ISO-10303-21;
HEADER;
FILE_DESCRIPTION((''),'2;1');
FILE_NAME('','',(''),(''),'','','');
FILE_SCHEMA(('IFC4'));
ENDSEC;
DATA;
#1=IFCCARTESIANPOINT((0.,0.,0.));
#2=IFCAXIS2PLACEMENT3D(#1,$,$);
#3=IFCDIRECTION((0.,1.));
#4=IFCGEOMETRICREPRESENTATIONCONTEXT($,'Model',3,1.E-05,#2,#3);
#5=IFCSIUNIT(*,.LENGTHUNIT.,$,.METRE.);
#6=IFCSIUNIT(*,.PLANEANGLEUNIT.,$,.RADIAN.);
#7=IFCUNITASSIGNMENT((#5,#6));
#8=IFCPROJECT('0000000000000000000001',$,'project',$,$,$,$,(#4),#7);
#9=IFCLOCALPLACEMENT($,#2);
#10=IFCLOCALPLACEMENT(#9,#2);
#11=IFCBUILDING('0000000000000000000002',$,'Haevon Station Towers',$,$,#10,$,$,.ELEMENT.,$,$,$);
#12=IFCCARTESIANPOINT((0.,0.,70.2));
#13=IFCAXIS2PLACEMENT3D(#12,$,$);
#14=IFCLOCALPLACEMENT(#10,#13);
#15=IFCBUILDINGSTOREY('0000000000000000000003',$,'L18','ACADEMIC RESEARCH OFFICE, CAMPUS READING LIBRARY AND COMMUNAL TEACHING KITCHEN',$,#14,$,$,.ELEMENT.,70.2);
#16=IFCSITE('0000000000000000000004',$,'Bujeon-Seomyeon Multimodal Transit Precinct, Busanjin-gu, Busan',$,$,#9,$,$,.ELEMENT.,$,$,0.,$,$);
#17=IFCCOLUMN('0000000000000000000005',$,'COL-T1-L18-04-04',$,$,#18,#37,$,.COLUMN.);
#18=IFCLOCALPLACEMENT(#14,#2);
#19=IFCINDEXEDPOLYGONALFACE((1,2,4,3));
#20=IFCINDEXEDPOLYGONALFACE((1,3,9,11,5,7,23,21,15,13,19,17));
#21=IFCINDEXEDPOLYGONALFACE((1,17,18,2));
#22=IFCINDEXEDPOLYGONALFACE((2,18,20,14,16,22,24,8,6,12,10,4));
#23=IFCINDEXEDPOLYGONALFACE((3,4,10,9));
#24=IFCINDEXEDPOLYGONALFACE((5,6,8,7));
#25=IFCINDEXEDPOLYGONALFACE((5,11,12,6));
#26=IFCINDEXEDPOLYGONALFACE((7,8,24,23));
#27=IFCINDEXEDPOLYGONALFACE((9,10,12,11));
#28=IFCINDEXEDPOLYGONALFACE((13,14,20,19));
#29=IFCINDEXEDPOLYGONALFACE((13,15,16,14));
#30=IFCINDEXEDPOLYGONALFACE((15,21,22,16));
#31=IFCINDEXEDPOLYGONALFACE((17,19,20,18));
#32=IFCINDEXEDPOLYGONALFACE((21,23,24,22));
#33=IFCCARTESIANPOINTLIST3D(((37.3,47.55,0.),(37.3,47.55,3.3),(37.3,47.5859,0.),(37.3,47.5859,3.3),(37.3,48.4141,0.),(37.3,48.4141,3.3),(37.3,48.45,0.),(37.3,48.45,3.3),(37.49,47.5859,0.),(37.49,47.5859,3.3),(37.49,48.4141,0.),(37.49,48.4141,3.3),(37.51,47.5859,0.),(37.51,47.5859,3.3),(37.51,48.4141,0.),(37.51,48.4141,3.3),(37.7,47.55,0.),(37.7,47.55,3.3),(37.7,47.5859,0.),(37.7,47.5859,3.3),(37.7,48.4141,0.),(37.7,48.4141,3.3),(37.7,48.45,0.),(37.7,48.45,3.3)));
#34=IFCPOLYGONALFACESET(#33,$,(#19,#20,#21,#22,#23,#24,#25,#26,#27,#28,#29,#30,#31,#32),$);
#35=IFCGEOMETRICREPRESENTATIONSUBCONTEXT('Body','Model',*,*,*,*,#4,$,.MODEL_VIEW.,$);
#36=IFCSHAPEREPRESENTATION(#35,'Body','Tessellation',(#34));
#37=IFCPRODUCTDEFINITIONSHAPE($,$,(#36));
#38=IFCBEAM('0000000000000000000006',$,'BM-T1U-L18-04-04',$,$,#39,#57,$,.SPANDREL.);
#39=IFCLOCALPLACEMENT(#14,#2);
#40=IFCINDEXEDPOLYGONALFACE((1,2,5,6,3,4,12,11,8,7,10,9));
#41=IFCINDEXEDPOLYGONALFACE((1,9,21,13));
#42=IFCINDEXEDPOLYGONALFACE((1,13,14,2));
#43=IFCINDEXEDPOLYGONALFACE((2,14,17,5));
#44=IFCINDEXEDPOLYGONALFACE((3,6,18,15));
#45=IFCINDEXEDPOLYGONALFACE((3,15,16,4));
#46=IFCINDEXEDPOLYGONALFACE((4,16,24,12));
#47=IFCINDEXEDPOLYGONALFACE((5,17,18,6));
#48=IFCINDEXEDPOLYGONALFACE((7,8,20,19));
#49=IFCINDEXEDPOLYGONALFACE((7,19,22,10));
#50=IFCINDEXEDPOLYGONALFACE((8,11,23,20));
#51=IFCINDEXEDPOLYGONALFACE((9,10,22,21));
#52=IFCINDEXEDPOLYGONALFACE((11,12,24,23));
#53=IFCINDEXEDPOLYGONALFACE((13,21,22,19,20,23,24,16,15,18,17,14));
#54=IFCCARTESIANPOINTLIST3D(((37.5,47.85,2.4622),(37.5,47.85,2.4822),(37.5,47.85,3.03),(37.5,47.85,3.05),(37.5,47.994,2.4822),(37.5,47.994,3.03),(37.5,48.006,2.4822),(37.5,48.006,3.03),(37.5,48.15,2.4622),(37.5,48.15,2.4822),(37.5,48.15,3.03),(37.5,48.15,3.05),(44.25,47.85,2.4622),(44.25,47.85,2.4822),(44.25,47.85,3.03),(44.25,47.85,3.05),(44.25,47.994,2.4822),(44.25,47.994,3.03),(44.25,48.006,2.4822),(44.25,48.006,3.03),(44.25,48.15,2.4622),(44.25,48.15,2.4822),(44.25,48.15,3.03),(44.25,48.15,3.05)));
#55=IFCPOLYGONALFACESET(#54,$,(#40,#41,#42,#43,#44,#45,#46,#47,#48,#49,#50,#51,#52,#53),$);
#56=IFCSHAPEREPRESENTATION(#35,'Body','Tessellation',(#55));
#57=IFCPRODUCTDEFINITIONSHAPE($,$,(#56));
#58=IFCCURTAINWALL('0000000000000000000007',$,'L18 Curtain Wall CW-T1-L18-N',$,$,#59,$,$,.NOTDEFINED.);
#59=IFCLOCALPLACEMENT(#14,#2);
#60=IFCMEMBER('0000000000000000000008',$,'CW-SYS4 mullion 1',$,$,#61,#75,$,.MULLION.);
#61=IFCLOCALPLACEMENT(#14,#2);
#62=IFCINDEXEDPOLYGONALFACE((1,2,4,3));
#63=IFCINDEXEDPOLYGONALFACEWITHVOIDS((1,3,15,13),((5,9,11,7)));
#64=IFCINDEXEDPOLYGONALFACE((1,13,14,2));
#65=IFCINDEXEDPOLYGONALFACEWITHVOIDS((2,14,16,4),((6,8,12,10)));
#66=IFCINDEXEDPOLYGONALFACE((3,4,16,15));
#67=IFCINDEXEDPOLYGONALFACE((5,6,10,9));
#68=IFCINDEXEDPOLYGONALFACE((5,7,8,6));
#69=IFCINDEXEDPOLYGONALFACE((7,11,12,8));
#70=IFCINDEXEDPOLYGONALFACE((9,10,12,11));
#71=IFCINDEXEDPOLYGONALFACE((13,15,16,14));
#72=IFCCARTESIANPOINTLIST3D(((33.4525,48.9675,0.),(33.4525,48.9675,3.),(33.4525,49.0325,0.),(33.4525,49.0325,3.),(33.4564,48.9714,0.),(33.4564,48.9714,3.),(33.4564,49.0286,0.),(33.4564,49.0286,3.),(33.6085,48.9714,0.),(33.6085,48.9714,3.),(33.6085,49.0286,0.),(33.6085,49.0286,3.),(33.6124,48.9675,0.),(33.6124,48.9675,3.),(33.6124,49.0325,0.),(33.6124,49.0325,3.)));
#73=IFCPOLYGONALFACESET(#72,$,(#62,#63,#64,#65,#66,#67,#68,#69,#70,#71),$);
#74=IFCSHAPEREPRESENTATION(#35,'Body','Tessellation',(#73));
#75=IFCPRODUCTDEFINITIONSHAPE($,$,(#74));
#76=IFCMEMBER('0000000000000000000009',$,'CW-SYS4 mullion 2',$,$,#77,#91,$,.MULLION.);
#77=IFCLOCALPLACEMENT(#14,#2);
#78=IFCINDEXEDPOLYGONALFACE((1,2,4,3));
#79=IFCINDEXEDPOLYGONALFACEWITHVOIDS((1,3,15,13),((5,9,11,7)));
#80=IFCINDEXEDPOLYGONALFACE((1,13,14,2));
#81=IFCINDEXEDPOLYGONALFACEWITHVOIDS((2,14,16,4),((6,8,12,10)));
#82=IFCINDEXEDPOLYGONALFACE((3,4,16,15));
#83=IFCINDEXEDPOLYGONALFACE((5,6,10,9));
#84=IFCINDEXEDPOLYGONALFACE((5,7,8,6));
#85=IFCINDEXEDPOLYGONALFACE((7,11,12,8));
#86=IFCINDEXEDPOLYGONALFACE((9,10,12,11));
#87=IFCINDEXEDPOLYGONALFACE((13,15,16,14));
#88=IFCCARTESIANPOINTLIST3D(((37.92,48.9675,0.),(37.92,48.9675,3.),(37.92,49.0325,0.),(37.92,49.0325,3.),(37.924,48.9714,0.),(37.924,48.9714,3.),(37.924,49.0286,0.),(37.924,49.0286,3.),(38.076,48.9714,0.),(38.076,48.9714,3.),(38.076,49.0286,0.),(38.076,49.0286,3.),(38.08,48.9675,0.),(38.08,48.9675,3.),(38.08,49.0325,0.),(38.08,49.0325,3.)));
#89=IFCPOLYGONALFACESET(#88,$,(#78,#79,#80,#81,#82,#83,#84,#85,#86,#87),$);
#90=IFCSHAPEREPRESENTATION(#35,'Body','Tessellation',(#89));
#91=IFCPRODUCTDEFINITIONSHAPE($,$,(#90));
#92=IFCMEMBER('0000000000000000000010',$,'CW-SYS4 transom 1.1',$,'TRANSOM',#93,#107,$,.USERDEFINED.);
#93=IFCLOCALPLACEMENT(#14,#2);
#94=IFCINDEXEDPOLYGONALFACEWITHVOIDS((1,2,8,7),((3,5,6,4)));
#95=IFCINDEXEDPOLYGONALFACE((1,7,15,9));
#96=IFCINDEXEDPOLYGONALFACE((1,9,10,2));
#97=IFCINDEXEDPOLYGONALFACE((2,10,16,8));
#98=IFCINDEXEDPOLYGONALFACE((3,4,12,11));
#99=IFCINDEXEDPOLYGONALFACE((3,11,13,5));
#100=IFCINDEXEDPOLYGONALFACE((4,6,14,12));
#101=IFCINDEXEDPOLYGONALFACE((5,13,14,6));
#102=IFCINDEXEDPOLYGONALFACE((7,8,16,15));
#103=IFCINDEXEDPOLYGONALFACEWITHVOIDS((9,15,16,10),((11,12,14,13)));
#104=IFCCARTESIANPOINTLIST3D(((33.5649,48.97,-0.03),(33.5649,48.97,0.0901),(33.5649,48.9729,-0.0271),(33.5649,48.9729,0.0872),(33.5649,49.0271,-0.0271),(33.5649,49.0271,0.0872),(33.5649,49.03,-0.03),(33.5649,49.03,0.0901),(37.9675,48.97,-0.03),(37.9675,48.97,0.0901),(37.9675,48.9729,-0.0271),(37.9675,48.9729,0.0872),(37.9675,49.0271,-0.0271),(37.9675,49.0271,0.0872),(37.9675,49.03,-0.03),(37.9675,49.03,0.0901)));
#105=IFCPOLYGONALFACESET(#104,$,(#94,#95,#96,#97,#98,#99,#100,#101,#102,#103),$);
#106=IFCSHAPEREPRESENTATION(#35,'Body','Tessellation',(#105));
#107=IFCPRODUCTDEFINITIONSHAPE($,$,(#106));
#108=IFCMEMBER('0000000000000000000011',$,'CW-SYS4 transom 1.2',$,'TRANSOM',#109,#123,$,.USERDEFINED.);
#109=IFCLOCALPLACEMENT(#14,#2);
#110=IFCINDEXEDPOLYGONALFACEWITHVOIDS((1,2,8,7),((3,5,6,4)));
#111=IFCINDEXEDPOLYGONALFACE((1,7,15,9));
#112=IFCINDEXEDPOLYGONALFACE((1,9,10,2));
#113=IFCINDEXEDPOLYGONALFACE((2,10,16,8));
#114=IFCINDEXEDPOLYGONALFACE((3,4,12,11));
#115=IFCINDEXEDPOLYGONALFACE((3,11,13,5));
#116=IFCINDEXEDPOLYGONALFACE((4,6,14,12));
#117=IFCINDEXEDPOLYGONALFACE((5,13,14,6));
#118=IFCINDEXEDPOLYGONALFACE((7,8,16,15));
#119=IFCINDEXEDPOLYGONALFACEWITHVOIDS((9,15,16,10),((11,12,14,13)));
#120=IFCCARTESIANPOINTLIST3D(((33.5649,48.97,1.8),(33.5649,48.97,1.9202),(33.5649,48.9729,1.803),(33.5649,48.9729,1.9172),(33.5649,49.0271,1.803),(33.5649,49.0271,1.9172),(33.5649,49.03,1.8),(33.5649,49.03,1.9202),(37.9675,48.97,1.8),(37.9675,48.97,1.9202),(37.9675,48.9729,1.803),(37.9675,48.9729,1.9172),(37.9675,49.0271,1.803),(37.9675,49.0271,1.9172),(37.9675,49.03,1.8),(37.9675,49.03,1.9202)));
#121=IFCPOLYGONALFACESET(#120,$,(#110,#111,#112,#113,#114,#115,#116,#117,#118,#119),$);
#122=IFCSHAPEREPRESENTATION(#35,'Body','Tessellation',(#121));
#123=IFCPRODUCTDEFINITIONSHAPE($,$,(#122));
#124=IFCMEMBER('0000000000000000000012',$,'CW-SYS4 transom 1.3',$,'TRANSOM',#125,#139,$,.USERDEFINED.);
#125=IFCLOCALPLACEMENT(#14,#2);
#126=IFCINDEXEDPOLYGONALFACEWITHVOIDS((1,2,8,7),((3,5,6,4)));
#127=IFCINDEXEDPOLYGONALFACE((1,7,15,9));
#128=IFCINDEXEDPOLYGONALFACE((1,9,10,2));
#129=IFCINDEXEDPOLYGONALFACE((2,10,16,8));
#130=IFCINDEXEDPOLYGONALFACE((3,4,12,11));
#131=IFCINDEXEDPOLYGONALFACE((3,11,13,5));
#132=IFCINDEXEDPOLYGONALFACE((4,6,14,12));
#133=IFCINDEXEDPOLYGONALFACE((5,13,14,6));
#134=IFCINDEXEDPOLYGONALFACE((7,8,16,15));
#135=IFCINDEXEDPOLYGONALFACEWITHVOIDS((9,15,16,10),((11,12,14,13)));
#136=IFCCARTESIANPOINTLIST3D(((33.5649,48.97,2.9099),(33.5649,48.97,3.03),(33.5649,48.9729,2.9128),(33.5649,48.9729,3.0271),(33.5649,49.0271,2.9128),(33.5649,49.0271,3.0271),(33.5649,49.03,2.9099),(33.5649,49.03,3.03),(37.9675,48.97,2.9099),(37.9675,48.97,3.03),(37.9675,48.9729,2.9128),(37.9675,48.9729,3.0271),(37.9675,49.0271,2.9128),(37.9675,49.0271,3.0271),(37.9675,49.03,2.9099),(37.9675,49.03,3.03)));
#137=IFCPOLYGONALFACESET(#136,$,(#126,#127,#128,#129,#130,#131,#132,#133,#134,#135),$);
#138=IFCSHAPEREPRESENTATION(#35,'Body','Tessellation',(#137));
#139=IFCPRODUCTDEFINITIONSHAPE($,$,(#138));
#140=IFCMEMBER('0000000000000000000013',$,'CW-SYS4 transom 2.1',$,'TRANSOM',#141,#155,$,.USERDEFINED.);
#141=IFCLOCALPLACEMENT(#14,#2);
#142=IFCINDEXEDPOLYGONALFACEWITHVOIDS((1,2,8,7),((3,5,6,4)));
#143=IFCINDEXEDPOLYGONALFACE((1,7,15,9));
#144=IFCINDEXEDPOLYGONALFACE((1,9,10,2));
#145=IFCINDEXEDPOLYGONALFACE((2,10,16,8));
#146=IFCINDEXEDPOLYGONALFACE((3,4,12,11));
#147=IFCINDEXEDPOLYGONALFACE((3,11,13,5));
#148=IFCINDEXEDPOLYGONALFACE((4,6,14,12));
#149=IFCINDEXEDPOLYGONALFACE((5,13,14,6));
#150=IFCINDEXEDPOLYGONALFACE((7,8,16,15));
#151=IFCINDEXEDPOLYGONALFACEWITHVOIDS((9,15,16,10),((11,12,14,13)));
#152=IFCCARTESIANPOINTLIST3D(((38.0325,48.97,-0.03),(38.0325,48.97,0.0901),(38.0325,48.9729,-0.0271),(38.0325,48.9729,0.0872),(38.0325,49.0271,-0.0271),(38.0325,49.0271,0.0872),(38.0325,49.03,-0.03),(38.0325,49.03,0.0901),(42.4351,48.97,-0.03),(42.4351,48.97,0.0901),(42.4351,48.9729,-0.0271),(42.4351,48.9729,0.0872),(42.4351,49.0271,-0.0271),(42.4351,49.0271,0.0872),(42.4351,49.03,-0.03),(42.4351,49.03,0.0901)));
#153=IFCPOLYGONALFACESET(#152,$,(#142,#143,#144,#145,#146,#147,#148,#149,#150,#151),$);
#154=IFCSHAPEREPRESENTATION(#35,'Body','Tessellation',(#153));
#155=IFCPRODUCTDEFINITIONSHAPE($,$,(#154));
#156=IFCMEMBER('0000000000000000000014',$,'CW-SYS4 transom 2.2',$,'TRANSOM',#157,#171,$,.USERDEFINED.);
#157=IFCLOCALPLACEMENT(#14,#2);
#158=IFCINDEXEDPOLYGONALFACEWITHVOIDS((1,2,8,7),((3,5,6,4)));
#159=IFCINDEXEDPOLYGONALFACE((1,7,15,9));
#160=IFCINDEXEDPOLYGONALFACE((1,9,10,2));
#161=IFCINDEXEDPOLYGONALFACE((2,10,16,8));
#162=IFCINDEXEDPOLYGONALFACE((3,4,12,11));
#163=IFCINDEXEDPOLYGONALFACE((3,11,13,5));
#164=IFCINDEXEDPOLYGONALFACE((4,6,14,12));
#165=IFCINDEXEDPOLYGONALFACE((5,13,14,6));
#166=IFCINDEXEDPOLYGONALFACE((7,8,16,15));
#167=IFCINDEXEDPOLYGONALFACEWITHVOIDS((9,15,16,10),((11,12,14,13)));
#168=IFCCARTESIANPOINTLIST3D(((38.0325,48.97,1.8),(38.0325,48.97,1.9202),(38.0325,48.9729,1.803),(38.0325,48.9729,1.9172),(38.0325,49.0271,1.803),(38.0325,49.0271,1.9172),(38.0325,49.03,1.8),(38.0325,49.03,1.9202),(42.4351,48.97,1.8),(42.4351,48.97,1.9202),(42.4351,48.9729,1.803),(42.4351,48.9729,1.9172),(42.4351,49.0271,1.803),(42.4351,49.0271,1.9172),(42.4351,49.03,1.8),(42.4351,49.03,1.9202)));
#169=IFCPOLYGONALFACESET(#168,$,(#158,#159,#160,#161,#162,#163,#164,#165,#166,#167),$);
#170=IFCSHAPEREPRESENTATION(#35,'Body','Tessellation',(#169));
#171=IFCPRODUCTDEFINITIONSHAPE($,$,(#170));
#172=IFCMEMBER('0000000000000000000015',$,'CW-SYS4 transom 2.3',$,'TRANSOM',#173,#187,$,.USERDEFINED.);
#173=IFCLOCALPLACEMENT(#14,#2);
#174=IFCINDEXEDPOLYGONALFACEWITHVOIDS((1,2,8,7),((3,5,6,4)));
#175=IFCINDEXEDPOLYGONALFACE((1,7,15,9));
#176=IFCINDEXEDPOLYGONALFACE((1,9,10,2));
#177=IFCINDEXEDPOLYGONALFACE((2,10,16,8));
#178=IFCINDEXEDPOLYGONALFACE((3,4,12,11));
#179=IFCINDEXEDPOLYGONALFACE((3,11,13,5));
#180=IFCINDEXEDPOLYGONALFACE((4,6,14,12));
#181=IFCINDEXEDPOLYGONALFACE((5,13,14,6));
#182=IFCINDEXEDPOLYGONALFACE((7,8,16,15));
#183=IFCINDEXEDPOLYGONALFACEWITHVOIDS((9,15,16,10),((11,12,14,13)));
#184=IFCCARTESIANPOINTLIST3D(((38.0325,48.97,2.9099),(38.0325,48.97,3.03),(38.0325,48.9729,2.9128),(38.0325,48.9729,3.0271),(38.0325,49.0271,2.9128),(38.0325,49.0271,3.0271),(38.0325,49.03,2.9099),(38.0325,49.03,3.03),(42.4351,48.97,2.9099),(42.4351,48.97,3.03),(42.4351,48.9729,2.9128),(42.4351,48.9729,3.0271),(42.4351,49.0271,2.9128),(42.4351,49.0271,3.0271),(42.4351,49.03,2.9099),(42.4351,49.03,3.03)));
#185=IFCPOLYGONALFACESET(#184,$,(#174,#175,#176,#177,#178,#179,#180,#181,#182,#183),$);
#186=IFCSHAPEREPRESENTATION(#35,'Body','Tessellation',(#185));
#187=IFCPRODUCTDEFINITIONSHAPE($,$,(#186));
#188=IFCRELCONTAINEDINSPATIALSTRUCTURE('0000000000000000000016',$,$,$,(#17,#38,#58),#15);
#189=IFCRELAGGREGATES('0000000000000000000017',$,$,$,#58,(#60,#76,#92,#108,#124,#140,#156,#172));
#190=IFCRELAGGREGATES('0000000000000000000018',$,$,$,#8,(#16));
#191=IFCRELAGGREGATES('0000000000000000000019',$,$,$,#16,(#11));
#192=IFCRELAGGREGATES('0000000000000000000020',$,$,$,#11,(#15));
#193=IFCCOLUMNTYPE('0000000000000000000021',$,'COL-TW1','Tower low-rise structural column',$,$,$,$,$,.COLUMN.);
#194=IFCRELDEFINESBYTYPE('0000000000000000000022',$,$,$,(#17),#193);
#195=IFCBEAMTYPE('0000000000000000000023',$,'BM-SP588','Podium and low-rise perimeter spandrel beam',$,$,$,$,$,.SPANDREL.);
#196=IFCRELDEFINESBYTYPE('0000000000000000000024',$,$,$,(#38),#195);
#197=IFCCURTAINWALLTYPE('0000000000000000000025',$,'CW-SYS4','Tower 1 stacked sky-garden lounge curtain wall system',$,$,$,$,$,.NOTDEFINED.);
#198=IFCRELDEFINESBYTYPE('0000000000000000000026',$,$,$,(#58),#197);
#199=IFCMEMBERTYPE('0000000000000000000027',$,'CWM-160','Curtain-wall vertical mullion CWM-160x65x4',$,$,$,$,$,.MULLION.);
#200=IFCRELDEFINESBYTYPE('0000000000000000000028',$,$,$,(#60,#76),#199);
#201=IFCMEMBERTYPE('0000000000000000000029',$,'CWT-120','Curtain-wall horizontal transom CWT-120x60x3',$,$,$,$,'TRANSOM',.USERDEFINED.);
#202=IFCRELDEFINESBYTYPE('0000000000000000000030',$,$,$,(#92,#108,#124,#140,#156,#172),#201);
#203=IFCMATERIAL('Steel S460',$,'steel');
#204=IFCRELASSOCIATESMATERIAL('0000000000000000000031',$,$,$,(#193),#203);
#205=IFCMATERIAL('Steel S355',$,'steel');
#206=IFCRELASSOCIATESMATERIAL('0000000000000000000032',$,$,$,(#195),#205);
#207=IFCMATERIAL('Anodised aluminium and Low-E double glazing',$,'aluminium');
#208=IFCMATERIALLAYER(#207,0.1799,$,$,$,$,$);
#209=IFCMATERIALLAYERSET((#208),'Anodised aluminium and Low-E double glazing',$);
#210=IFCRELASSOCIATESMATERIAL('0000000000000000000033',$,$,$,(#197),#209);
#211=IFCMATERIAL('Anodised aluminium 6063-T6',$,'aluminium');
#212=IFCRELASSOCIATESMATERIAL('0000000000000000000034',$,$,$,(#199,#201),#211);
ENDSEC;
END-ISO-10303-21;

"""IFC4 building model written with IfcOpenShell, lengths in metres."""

from ifc_helpers import new_model, si_unit, direction, frame, origin, origin_2d, place, context, subcontext, project, spatial, hollow_rectangle, i_section, extrude, material, layer, layer_set, material_profile, profile_set, type_object, element, aggregate, save


model = new_model("IFC4")

# Units and contexts
model_context = context("Model", 3, precision=1e-05, world=origin(), true_north=direction((0.0, 1.0)))
body_context = subcontext(model_context, "Body", "Model", "MODEL_VIEW")
ifc_project = project(units=[si_unit("LENGTHUNIT", "METRE"), si_unit("PLANEANGLEUNIT", "RADIAN")], contexts=[model_context])

# Site, building, storey
site_placement = place(None, origin())
site = spatial("IfcSite", under=ifc_project, at=site_placement, Name="Bujeon-Seomyeon Multimodal Transit Precinct, Busanjin-gu, Busan", CompositionType="ELEMENT", RefElevation=0.0)
building_placement = place(site_placement, origin())
building = spatial("IfcBuilding", under=site, at=building_placement, Name="Haevon Station Towers", CompositionType="ELEMENT")
storey_placement = place(building_placement, frame((0.0, 0.0, 70.2)))
storey = spatial("IfcBuildingStorey", under=building, at=storey_placement, Name="L18", Description="ACADEMIC RESEARCH OFFICE, CAMPUS READING LIBRARY AND COMMUNAL TEACHING KITCHEN", CompositionType="ELEMENT", Elevation=70.2)

# Column
ifc_material_1 = material(Name="Steel S460", Category="steel")
ifc_material_profile_1 = material_profile(ifc_material_1, i_section(OverallWidth=0.3999, OverallDepth=0.8999, WebThickness=0.02, FlangeThickness=0.0359, at=origin_2d()), Name="H-900x400x20x36")
ifc_profile_set_1 = profile_set([ifc_material_profile_1], Name="Steel S460")
column_type = type_object("IfcColumnType", Name="COL-TW1", Description="Tower low-rise structural column", PredefinedType="COLUMN", material=ifc_profile_set_1)
column_placement = place(storey_placement, frame((37.5, 48.0, 0.0), z_axis=(0.0, 0.0, 1.0), x_axis=(1.0, 0.0, 0.0)))
element("IfcColumn", 1, at=column_placement, inside=storey, type_object=column_type, Name="COL-T1-L18-04-04", PredefinedType="COLUMN", context=body_context, shape_type="SweptSolid", body=[
    extrude(i_section(OverallWidth=0.3999, OverallDepth=0.8999, WebThickness=0.02, FlangeThickness=0.0359, at=origin_2d()), origin(), (0.0, 0.0, 1.0), 3.3),
])

# Beam
ifc_material_2 = material(Name="Steel S355", Category="steel")
ifc_material_profile_2 = material_profile(ifc_material_2, i_section(OverallWidth=0.3, OverallDepth=0.5879, WebThickness=0.012, FlangeThickness=0.02, at=origin_2d()), Name="H-588x300x12x20")
ifc_profile_set_2 = profile_set([ifc_material_profile_2], Name="Steel S355")
beam_type = type_object("IfcBeamType", Name="BM-SP588", Description="Podium and low-rise perimeter spandrel beam", PredefinedType="SPANDREL", material=ifc_profile_set_2)
beam_placement = place(storey_placement, frame((37.5, 48.0, 2.7561), z_axis=(1.0, 0.0, 0.0), x_axis=(0.0, 1.0, 0.0)))
element("IfcBeam", 2, at=beam_placement, inside=storey, type_object=beam_type, Name="BM-T1U-L18-04-04", PredefinedType="SPANDREL", context=body_context, shape_type="SweptSolid", body=[
    extrude(i_section(OverallWidth=0.3, OverallDepth=0.5879, WebThickness=0.012, FlangeThickness=0.02, at=origin_2d()), origin(), (0.0, 0.0, 1.0), 6.75),
])

# Curtain wall, members
ifc_material_3 = material(Name="Anodised aluminium and Low-E double glazing", Category="aluminium")
ifc_layer_1 = layer(ifc_material_3, 0.1799)
ifc_layer_set_1 = layer_set([ifc_layer_1], Name="Anodised aluminium and Low-E double glazing")
curtain_wall_type = type_object("IfcCurtainWallType", Name="CW-SYS4", Description="Tower 1 stacked sky-garden lounge curtain wall system", PredefinedType="NOTDEFINED", material=ifc_layer_set_1)
curtain_wall_placement = place(storey_placement, origin())
curtain_wall = element("IfcCurtainWall", 3, at=curtain_wall_placement, inside=storey, type_object=curtain_wall_type, Name="L18 Curtain Wall CW-T1-L18-N", PredefinedType="NOTDEFINED")
ifc_material_4 = material(Name="Anodised aluminium 6063-T6", Category="aluminium")
ifc_material_profile_3 = material_profile(ifc_material_4, hollow_rectangle(XDim=0.0649, YDim=0.1599, WallThickness=0.0039, at=origin_2d()), Name="CWM-160x65x4")
ifc_profile_set_3 = profile_set([ifc_material_profile_3], Name="Anodised aluminium 6063-T6")
member_type_1 = type_object("IfcMemberType", Name="CWM-160", Description="Curtain-wall vertical mullion CWM-160x65x4", PredefinedType="MULLION", material=ifc_profile_set_3)
member_1_placement = place(storey_placement, frame((33.5325, 49.0, 0.0), z_axis=(0.0, 0.0, 1.0), x_axis=(0.0, 1.0, 0.0)))
member_1 = element("IfcMember", 4, at=member_1_placement, type_object=member_type_1, Name="CW-SYS4 mullion 1", PredefinedType="MULLION", context=body_context, shape_type="SweptSolid", body=[
    extrude(hollow_rectangle(XDim=0.0649, YDim=0.1599, WallThickness=0.0039, at=origin_2d()), origin(), (0.0, 0.0, 1.0), 3.0),
])
member_2_placement = place(storey_placement, frame((38.0, 49.0, 0.0), z_axis=(0.0, 0.0, 1.0), x_axis=(0.0, 1.0, 0.0)))
member_2 = element("IfcMember", 5, at=member_2_placement, type_object=member_type_1, Name="CW-SYS4 mullion 2", PredefinedType="MULLION", context=body_context, shape_type="SweptSolid", body=[
    extrude(hollow_rectangle(XDim=0.0649, YDim=0.1599, WallThickness=0.0039, at=origin_2d()), origin(), (0.0, 0.0, 1.0), 3.0),
])
ifc_material_profile_4 = material_profile(ifc_material_4, hollow_rectangle(XDim=0.0601, YDim=0.1201, WallThickness=0.0029, at=origin_2d()), Name="CWT-120x60x3")
ifc_profile_set_4 = profile_set([ifc_material_profile_4], Name="Anodised aluminium 6063-T6")
member_type_2 = type_object("IfcMemberType", Name="CWT-120", Description="Curtain-wall horizontal transom CWT-120x60x3", ElementType="TRANSOM", PredefinedType="USERDEFINED", material=ifc_profile_set_4)
member_3_placement = place(storey_placement, frame((33.5649, 49.0, 0.03), z_axis=(1.0, 0.0, 0.0), x_axis=(0.0, 1.0, 0.0)))
member_3 = element("IfcMember", 6, at=member_3_placement, type_object=member_type_2, Name="CW-SYS4 transom 1.1", ObjectType="TRANSOM", PredefinedType="USERDEFINED", context=body_context, shape_type="SweptSolid", body=[
    extrude(hollow_rectangle(XDim=0.0601, YDim=0.1201, WallThickness=0.0029, at=origin_2d()), origin(), (0.0, 0.0, 1.0), 4.4026),
])
member_4_placement = place(storey_placement, frame((33.5649, 49.0, 1.8601), z_axis=(1.0, 0.0, 0.0), x_axis=(0.0, 1.0, 0.0)))
member_4 = element("IfcMember", 7, at=member_4_placement, type_object=member_type_2, Name="CW-SYS4 transom 1.2", ObjectType="TRANSOM", PredefinedType="USERDEFINED", context=body_context, shape_type="SweptSolid", body=[
    extrude(hollow_rectangle(XDim=0.0601, YDim=0.1201, WallThickness=0.0029, at=origin_2d()), origin(), (0.0, 0.0, 1.0), 4.4026),
])
member_5_placement = place(storey_placement, frame((33.5649, 49.0, 2.97), z_axis=(1.0, 0.0, 0.0), x_axis=(0.0, 1.0, 0.0)))
member_5 = element("IfcMember", 8, at=member_5_placement, type_object=member_type_2, Name="CW-SYS4 transom 1.3", ObjectType="TRANSOM", PredefinedType="USERDEFINED", context=body_context, shape_type="SweptSolid", body=[
    extrude(hollow_rectangle(XDim=0.0601, YDim=0.1201, WallThickness=0.0029, at=origin_2d()), origin(), (0.0, 0.0, 1.0), 4.4026),
])
member_6_placement = place(storey_placement, frame((38.0325, 49.0, 0.03), z_axis=(1.0, 0.0, 0.0), x_axis=(0.0, 1.0, 0.0)))
member_6 = element("IfcMember", 9, at=member_6_placement, type_object=member_type_2, Name="CW-SYS4 transom 2.1", ObjectType="TRANSOM", PredefinedType="USERDEFINED", context=body_context, shape_type="SweptSolid", body=[
    extrude(hollow_rectangle(XDim=0.0601, YDim=0.1201, WallThickness=0.0029, at=origin_2d()), origin(), (0.0, 0.0, 1.0), 4.4026),
])
member_7_placement = place(storey_placement, frame((38.0325, 49.0, 1.8601), z_axis=(1.0, 0.0, 0.0), x_axis=(0.0, 1.0, 0.0)))
member_7 = element("IfcMember", 10, at=member_7_placement, type_object=member_type_2, Name="CW-SYS4 transom 2.2", ObjectType="TRANSOM", PredefinedType="USERDEFINED", context=body_context, shape_type="SweptSolid", body=[
    extrude(hollow_rectangle(XDim=0.0601, YDim=0.1201, WallThickness=0.0029, at=origin_2d()), origin(), (0.0, 0.0, 1.0), 4.4026),
])
member_8_placement = place(storey_placement, frame((38.0325, 49.0, 2.97), z_axis=(1.0, 0.0, 0.0), x_axis=(0.0, 1.0, 0.0)))
member_8 = element("IfcMember", 11, at=member_8_placement, type_object=member_type_2, Name="CW-SYS4 transom 2.3", ObjectType="TRANSOM", PredefinedType="USERDEFINED", context=body_context, shape_type="SweptSolid", body=[
    extrude(hollow_rectangle(XDim=0.0601, YDim=0.1201, WallThickness=0.0029, at=origin_2d()), origin(), (0.0, 0.0, 1.0), 4.4026),
])
aggregate(curtain_wall, [member_1, member_2, member_3, member_4, member_5, member_6, member_7, member_8])

save(model, "model.ifc")
